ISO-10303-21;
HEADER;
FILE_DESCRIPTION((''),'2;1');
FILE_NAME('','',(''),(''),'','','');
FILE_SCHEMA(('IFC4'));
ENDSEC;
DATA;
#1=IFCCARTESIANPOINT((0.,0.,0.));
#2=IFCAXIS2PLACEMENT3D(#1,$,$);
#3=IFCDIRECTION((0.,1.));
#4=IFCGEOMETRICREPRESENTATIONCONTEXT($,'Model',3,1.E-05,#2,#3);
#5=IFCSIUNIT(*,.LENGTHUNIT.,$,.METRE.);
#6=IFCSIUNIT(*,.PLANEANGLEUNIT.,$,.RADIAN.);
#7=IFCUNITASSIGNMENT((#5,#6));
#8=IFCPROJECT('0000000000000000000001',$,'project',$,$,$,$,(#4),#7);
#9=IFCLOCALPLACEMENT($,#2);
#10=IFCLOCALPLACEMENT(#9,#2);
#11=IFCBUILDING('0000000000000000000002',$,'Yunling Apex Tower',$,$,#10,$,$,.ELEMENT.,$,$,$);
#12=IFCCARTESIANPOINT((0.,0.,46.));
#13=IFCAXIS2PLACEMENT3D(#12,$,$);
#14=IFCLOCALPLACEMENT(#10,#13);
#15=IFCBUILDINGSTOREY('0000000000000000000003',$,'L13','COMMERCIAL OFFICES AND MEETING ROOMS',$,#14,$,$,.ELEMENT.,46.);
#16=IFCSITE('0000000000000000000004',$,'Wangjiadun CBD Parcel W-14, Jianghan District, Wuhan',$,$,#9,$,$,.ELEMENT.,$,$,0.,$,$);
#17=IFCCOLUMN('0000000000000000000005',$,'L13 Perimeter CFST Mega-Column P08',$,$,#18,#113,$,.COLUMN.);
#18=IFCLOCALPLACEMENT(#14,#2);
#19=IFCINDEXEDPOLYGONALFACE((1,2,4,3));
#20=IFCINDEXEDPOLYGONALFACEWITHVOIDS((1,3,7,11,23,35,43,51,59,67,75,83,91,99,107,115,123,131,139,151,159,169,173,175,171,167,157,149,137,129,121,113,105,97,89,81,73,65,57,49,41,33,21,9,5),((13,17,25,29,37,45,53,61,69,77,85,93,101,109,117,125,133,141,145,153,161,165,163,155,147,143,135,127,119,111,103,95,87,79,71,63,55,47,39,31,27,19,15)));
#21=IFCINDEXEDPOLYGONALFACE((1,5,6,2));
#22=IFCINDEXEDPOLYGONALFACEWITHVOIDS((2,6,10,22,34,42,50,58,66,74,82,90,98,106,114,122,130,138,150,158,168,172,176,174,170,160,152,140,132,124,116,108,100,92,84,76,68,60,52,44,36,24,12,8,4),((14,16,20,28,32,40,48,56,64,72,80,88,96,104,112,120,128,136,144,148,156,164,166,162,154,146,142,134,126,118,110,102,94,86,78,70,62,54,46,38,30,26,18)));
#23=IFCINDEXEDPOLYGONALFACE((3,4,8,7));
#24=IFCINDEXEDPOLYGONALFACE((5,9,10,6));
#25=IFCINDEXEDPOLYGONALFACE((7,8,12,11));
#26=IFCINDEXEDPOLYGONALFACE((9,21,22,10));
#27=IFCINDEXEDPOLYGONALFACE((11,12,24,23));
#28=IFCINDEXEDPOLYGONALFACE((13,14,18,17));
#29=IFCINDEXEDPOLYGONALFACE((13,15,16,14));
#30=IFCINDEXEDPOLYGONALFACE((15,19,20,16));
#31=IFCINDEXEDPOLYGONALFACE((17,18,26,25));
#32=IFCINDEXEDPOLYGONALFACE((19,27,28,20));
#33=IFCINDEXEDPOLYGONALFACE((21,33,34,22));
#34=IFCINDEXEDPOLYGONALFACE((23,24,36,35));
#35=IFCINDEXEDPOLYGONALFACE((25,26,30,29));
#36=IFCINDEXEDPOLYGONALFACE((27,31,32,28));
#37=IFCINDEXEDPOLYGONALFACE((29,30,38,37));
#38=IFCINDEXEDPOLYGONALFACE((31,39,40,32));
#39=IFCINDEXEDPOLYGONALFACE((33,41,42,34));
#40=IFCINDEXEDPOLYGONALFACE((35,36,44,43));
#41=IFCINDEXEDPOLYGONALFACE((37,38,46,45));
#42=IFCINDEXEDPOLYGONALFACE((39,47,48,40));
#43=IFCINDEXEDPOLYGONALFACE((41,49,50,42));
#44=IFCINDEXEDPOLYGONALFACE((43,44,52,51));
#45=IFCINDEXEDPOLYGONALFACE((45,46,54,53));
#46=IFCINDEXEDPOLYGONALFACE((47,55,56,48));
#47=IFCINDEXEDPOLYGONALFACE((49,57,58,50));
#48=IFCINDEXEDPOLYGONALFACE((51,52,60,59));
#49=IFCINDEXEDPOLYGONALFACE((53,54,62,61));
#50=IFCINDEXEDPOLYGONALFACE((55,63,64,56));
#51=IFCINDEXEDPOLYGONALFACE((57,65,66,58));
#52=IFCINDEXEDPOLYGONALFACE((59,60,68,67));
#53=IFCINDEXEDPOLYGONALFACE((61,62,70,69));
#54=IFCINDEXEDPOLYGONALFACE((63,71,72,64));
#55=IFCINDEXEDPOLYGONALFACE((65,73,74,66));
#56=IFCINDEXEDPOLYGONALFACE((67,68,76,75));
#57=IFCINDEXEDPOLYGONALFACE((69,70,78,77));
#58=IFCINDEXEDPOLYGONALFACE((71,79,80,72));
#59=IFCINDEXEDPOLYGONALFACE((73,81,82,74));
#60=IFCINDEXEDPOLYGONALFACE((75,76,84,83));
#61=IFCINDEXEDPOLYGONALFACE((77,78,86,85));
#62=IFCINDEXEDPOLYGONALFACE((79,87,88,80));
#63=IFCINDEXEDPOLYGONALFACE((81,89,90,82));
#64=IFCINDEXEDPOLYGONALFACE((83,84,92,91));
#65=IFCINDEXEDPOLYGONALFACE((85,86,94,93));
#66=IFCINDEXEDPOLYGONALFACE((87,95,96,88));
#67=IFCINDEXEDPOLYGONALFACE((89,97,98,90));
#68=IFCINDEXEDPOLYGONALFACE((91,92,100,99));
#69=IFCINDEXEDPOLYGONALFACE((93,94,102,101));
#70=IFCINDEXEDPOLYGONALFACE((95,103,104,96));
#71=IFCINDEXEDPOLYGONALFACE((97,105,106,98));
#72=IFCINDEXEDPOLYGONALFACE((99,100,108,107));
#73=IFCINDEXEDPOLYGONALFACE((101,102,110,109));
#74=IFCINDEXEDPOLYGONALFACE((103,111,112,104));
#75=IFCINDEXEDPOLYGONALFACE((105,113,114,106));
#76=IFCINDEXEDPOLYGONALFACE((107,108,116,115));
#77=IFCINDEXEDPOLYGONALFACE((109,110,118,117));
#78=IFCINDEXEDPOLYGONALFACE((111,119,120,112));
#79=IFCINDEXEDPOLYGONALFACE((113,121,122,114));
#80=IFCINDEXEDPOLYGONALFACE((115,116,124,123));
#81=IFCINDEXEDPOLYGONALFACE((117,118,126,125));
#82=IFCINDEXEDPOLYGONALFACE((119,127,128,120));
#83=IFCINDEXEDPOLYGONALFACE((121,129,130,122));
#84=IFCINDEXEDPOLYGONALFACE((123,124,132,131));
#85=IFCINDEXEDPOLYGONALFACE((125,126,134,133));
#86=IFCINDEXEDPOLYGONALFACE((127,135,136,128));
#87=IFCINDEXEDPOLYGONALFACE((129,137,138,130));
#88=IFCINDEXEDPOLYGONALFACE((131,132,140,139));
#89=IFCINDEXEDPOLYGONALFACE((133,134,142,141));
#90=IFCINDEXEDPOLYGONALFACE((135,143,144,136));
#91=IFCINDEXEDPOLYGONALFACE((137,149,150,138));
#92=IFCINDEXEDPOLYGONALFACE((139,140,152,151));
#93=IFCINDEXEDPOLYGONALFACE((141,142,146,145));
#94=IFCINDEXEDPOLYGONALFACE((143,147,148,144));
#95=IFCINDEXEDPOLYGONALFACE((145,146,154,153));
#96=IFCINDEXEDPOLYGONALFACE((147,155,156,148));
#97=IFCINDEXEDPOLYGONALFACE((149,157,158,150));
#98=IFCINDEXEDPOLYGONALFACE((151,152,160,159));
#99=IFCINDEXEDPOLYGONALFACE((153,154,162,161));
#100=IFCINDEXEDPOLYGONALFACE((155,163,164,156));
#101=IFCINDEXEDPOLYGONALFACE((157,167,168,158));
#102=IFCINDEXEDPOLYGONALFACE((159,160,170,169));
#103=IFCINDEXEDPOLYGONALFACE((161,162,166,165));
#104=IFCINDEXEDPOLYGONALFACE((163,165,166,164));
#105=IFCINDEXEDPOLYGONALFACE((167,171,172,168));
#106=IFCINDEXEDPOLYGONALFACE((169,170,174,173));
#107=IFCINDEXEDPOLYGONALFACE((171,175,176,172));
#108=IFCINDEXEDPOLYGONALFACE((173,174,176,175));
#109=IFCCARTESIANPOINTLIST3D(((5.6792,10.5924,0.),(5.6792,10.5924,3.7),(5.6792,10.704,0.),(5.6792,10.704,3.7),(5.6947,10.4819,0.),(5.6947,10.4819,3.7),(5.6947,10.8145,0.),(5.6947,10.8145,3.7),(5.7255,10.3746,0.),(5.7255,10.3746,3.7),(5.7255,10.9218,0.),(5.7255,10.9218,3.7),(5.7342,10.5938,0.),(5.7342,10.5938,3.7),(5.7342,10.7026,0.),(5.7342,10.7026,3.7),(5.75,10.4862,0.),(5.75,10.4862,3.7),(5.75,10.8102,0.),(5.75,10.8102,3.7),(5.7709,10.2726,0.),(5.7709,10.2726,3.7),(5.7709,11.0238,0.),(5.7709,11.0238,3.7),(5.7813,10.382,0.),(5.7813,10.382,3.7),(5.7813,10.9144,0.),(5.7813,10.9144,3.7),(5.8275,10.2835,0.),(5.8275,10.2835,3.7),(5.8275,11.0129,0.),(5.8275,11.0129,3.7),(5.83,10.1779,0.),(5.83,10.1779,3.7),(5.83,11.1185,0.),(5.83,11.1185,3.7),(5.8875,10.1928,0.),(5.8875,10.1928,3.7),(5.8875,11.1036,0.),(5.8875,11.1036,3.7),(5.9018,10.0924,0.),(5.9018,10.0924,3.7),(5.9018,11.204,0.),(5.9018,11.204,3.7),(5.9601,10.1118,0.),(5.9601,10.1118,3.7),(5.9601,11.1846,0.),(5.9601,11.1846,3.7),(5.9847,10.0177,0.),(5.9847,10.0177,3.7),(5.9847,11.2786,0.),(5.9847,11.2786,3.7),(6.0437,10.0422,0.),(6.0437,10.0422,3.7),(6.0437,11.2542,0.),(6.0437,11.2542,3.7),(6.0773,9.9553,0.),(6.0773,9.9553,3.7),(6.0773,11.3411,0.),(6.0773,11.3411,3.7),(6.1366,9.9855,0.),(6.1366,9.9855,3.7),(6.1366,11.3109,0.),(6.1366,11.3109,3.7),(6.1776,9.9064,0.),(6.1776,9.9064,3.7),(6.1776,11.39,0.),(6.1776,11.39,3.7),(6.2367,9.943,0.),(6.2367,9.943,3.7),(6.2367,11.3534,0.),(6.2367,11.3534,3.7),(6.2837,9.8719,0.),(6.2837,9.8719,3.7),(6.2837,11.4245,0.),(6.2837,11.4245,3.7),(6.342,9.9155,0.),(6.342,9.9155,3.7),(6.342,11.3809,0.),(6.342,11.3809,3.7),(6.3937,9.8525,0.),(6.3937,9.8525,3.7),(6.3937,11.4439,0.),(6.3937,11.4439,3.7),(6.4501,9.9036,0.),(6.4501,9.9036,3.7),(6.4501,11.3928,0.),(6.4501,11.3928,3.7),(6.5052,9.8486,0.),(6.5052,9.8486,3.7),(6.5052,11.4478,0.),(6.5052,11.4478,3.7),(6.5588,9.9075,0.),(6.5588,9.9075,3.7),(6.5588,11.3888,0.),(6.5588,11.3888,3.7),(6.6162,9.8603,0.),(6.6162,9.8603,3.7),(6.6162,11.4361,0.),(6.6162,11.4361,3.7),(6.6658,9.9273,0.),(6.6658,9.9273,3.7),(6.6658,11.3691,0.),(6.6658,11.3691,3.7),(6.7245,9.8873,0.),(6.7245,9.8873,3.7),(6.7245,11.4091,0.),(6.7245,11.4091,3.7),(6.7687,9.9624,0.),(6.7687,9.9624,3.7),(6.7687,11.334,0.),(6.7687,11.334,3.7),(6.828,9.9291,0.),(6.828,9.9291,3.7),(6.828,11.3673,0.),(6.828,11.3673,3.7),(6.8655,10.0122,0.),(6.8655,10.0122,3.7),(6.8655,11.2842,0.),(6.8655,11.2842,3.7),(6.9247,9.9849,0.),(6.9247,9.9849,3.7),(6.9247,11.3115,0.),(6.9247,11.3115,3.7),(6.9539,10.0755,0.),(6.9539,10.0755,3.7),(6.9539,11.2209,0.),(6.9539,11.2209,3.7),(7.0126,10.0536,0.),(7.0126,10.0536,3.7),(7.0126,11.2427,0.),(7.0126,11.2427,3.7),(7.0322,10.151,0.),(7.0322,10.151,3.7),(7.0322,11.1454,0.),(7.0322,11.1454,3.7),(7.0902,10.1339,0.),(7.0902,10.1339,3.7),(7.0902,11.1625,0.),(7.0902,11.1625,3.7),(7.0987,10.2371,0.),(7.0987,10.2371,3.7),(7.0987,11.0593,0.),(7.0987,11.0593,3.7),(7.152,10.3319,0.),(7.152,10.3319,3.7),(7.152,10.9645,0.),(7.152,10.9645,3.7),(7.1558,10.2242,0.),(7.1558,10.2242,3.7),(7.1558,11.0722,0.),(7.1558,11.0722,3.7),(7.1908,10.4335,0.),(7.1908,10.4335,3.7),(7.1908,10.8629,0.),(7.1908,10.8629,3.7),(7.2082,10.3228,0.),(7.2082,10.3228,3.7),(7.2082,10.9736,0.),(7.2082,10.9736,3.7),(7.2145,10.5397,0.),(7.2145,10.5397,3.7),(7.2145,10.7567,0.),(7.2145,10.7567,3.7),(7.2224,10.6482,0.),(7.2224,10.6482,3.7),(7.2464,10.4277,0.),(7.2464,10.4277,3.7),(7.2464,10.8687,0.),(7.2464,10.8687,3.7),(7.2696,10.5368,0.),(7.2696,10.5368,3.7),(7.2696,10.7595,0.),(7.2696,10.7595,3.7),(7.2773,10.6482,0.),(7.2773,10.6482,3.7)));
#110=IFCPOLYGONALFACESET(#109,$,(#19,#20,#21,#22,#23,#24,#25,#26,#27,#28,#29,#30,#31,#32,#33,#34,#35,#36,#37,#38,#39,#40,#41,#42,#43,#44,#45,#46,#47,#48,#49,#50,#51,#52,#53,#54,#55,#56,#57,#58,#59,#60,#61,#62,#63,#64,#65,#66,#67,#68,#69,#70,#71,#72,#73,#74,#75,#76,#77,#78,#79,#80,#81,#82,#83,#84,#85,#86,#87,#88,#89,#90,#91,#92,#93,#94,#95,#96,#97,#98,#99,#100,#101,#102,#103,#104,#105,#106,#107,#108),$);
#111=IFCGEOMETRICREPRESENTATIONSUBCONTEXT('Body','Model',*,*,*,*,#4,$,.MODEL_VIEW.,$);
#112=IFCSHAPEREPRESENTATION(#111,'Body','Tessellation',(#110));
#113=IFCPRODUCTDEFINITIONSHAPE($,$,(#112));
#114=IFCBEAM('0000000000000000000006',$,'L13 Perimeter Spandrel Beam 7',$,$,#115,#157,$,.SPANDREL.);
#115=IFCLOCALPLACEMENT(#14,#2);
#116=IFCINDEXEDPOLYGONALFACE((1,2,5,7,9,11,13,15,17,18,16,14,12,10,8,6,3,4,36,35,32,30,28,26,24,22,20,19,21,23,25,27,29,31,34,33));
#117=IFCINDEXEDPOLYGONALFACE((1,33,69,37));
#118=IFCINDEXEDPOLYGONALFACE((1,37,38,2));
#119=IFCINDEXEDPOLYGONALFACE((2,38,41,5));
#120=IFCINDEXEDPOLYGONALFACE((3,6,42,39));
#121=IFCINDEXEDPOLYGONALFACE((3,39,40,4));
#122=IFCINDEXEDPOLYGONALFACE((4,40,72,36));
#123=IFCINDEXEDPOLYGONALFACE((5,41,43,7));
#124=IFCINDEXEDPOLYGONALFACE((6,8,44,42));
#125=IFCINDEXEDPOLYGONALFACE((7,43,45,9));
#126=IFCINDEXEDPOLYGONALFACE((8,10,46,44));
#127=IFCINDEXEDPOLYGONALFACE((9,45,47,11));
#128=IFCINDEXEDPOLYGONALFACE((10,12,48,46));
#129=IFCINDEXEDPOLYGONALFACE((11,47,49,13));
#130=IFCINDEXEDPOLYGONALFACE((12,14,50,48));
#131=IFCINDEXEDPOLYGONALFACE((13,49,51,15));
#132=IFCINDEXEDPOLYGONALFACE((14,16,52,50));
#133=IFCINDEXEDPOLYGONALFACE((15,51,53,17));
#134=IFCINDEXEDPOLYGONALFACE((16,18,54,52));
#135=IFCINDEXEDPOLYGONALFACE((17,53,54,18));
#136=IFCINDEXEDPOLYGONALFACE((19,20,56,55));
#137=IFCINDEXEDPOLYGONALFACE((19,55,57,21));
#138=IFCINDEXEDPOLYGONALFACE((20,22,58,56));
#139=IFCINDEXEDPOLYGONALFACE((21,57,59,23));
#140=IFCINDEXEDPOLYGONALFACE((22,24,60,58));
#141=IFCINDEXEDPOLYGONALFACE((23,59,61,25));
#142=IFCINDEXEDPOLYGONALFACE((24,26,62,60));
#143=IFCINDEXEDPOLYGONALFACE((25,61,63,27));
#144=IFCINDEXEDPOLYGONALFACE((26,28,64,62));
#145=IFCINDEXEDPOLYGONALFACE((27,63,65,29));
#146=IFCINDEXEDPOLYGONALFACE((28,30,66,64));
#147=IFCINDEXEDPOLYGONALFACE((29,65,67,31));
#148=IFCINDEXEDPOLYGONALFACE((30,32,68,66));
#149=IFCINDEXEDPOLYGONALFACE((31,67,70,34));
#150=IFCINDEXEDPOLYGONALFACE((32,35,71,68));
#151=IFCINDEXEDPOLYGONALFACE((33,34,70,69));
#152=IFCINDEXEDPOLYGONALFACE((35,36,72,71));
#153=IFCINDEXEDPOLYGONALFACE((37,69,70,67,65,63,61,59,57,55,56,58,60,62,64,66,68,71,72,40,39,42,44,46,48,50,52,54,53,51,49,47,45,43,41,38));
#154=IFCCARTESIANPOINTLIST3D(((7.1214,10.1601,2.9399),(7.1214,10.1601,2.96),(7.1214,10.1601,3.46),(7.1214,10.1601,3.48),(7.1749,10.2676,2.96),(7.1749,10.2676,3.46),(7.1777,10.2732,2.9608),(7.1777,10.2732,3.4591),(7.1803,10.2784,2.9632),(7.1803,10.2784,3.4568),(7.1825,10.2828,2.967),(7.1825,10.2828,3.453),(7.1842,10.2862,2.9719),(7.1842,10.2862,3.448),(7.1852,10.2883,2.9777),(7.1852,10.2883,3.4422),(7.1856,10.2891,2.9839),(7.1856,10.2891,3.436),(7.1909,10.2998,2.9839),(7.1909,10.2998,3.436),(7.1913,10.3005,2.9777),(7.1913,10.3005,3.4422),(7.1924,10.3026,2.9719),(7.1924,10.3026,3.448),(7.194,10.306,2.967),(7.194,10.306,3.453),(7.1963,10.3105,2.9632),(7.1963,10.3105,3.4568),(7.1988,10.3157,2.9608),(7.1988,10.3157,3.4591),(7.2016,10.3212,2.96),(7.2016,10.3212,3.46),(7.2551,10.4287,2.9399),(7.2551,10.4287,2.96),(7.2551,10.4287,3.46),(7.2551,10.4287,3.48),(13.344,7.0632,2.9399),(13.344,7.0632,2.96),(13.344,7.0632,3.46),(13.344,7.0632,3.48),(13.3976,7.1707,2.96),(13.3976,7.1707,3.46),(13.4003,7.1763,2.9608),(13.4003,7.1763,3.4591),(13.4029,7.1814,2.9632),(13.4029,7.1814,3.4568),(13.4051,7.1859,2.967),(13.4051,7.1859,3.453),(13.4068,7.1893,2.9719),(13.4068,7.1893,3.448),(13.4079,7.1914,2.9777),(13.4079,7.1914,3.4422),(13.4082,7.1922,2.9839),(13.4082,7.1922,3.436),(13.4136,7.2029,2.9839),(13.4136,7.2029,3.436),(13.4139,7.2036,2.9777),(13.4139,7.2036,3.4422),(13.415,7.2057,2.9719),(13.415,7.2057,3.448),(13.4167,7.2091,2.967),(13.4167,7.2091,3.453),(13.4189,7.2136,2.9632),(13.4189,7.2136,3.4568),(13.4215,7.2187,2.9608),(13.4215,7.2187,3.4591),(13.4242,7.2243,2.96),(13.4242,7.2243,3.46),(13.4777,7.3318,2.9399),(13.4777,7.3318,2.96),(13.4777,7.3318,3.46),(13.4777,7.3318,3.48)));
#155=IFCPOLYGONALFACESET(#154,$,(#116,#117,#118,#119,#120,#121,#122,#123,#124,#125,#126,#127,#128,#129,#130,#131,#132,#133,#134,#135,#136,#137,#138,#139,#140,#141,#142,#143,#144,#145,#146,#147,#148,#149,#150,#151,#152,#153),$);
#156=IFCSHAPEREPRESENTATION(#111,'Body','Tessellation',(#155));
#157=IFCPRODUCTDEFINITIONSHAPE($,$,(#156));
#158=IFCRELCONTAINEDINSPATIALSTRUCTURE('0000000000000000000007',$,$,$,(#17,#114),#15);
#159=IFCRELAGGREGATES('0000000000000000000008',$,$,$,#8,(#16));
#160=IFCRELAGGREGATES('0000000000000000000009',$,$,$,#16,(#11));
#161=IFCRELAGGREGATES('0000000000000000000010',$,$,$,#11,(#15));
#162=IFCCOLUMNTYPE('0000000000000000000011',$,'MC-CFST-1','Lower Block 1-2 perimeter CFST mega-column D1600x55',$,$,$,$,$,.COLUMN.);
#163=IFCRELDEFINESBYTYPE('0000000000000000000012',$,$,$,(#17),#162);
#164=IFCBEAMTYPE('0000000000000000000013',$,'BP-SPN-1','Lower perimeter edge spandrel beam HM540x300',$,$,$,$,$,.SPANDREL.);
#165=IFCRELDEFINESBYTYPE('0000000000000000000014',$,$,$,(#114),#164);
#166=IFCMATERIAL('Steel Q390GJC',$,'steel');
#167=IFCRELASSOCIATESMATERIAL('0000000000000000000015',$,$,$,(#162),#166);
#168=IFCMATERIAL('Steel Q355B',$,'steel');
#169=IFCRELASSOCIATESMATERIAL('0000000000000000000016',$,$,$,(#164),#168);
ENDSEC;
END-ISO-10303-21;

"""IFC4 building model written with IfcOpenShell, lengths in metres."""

from ifc_helpers import new_model, si_unit, direction, frame, origin, origin_2d, place, context, subcontext, project, spatial, hollow_circle, i_section, extrude, source, transform, mapped, material, material_profile, profile_set, type_object, element, save


model = new_model("IFC4")

# Units and contexts
model_context = context("Model", 3, precision=1e-05, world=origin(), true_north=direction((0.0, 1.0)))
body_context = subcontext(model_context, "Body", "Model", "MODEL_VIEW")
ifc_project = project(units=[si_unit("LENGTHUNIT", "METRE"), si_unit("PLANEANGLEUNIT", "RADIAN")], contexts=[model_context])

# Site, building, storey
site_placement = place(None, origin())
site = spatial("IfcSite", under=ifc_project, at=site_placement, Name="Wangjiadun CBD Parcel W-14, Jianghan District, Wuhan", CompositionType="ELEMENT", RefElevation=0.0)
building_placement = place(site_placement, origin())
building = spatial("IfcBuilding", under=site, at=building_placement, Name="Yunling Apex Tower", CompositionType="ELEMENT")
storey_placement = place(building_placement, frame((0.0, 0.0, 46.0)))
storey = spatial("IfcBuildingStorey", under=building, at=storey_placement, Name="L13", Description="COMMERCIAL OFFICES AND MEETING ROOMS", CompositionType="ELEMENT", Elevation=46.0)

# Column
ifc_material_1 = material(Name="Steel Q390GJC", Category="steel")
ifc_material_profile_1 = material_profile(ifc_material_1, hollow_circle(Radius=0.8, WallThickness=0.0549, at=origin_2d()))
ifc_profile_set_1 = profile_set([ifc_material_profile_1], Name="Steel Q390GJC")
column_type = type_object("IfcColumnType", Name="MC-CFST-1", Description="Lower Block 1-2 perimeter CFST mega-column D1600x55", PredefinedType="COLUMN", material=ifc_profile_set_1)
shared_shape_1 = source(origin(), body_context, "Body", "SweptSolid", [
    extrude(hollow_circle(Radius=0.8, WallThickness=0.0549, at=origin_2d()), origin(), (0.0, 0.0, 1.0), 3.7),
])
column_placement = place(storey_placement, frame((6.4773, 10.6482, 0.0), z_axis=(0.0, 0.0, 1.0), x_axis=(1.0, 0.0, 0.0)))
element("IfcColumn", 1, at=column_placement, inside=storey, type_object=column_type, Name="L13 Perimeter CFST Mega-Column P08", PredefinedType="COLUMN", context=body_context, shape_type="MappedRepresentation", body=[
    mapped(shared_shape_1, transform((0.0, 0.0, 0.0), scale=1.0)),
])

# Beam
ifc_material_2 = material(Name="Steel Q355B", Category="steel")
ifc_material_profile_2 = material_profile(ifc_material_2, i_section(OverallWidth=0.3, OverallDepth=0.54, WebThickness=0.012, FlangeThickness=0.02, FilletRadius=0.0239, at=origin_2d()))
ifc_profile_set_2 = profile_set([ifc_material_profile_2], Name="Steel Q355B")
beam_type_1 = type_object("IfcBeamType", Name="BP-SPN-1", Description="Lower perimeter edge spandrel beam HM540x300", PredefinedType="SPANDREL", material=ifc_profile_set_2)
shared_shape_2 = source(origin(), body_context, "Body", "SweptSolid", [
    extrude(i_section(OverallWidth=0.3, OverallDepth=0.54, WebThickness=0.012, FlangeThickness=0.02, FilletRadius=0.0239, at=origin_2d()), origin(), (0.0, 0.0, 1.0), 6.9507),
])
beam_1_placement = place(storey_placement, frame((13.4109, 7.1975, 3.21), z_axis=(-0.895255, 0.445555, 0.0), x_axis=(-0.445555, -0.895255, 0.0)))
element("IfcBeam", 2, at=beam_1_placement, inside=storey, type_object=beam_type_1, Name="L13 Perimeter Spandrel Beam 7", PredefinedType="SPANDREL", context=body_context, shape_type="MappedRepresentation", body=[
    mapped(shared_shape_2, transform((0.0, 0.0, 0.0), scale=1.0)),
])

save(model, "model.ifc")
